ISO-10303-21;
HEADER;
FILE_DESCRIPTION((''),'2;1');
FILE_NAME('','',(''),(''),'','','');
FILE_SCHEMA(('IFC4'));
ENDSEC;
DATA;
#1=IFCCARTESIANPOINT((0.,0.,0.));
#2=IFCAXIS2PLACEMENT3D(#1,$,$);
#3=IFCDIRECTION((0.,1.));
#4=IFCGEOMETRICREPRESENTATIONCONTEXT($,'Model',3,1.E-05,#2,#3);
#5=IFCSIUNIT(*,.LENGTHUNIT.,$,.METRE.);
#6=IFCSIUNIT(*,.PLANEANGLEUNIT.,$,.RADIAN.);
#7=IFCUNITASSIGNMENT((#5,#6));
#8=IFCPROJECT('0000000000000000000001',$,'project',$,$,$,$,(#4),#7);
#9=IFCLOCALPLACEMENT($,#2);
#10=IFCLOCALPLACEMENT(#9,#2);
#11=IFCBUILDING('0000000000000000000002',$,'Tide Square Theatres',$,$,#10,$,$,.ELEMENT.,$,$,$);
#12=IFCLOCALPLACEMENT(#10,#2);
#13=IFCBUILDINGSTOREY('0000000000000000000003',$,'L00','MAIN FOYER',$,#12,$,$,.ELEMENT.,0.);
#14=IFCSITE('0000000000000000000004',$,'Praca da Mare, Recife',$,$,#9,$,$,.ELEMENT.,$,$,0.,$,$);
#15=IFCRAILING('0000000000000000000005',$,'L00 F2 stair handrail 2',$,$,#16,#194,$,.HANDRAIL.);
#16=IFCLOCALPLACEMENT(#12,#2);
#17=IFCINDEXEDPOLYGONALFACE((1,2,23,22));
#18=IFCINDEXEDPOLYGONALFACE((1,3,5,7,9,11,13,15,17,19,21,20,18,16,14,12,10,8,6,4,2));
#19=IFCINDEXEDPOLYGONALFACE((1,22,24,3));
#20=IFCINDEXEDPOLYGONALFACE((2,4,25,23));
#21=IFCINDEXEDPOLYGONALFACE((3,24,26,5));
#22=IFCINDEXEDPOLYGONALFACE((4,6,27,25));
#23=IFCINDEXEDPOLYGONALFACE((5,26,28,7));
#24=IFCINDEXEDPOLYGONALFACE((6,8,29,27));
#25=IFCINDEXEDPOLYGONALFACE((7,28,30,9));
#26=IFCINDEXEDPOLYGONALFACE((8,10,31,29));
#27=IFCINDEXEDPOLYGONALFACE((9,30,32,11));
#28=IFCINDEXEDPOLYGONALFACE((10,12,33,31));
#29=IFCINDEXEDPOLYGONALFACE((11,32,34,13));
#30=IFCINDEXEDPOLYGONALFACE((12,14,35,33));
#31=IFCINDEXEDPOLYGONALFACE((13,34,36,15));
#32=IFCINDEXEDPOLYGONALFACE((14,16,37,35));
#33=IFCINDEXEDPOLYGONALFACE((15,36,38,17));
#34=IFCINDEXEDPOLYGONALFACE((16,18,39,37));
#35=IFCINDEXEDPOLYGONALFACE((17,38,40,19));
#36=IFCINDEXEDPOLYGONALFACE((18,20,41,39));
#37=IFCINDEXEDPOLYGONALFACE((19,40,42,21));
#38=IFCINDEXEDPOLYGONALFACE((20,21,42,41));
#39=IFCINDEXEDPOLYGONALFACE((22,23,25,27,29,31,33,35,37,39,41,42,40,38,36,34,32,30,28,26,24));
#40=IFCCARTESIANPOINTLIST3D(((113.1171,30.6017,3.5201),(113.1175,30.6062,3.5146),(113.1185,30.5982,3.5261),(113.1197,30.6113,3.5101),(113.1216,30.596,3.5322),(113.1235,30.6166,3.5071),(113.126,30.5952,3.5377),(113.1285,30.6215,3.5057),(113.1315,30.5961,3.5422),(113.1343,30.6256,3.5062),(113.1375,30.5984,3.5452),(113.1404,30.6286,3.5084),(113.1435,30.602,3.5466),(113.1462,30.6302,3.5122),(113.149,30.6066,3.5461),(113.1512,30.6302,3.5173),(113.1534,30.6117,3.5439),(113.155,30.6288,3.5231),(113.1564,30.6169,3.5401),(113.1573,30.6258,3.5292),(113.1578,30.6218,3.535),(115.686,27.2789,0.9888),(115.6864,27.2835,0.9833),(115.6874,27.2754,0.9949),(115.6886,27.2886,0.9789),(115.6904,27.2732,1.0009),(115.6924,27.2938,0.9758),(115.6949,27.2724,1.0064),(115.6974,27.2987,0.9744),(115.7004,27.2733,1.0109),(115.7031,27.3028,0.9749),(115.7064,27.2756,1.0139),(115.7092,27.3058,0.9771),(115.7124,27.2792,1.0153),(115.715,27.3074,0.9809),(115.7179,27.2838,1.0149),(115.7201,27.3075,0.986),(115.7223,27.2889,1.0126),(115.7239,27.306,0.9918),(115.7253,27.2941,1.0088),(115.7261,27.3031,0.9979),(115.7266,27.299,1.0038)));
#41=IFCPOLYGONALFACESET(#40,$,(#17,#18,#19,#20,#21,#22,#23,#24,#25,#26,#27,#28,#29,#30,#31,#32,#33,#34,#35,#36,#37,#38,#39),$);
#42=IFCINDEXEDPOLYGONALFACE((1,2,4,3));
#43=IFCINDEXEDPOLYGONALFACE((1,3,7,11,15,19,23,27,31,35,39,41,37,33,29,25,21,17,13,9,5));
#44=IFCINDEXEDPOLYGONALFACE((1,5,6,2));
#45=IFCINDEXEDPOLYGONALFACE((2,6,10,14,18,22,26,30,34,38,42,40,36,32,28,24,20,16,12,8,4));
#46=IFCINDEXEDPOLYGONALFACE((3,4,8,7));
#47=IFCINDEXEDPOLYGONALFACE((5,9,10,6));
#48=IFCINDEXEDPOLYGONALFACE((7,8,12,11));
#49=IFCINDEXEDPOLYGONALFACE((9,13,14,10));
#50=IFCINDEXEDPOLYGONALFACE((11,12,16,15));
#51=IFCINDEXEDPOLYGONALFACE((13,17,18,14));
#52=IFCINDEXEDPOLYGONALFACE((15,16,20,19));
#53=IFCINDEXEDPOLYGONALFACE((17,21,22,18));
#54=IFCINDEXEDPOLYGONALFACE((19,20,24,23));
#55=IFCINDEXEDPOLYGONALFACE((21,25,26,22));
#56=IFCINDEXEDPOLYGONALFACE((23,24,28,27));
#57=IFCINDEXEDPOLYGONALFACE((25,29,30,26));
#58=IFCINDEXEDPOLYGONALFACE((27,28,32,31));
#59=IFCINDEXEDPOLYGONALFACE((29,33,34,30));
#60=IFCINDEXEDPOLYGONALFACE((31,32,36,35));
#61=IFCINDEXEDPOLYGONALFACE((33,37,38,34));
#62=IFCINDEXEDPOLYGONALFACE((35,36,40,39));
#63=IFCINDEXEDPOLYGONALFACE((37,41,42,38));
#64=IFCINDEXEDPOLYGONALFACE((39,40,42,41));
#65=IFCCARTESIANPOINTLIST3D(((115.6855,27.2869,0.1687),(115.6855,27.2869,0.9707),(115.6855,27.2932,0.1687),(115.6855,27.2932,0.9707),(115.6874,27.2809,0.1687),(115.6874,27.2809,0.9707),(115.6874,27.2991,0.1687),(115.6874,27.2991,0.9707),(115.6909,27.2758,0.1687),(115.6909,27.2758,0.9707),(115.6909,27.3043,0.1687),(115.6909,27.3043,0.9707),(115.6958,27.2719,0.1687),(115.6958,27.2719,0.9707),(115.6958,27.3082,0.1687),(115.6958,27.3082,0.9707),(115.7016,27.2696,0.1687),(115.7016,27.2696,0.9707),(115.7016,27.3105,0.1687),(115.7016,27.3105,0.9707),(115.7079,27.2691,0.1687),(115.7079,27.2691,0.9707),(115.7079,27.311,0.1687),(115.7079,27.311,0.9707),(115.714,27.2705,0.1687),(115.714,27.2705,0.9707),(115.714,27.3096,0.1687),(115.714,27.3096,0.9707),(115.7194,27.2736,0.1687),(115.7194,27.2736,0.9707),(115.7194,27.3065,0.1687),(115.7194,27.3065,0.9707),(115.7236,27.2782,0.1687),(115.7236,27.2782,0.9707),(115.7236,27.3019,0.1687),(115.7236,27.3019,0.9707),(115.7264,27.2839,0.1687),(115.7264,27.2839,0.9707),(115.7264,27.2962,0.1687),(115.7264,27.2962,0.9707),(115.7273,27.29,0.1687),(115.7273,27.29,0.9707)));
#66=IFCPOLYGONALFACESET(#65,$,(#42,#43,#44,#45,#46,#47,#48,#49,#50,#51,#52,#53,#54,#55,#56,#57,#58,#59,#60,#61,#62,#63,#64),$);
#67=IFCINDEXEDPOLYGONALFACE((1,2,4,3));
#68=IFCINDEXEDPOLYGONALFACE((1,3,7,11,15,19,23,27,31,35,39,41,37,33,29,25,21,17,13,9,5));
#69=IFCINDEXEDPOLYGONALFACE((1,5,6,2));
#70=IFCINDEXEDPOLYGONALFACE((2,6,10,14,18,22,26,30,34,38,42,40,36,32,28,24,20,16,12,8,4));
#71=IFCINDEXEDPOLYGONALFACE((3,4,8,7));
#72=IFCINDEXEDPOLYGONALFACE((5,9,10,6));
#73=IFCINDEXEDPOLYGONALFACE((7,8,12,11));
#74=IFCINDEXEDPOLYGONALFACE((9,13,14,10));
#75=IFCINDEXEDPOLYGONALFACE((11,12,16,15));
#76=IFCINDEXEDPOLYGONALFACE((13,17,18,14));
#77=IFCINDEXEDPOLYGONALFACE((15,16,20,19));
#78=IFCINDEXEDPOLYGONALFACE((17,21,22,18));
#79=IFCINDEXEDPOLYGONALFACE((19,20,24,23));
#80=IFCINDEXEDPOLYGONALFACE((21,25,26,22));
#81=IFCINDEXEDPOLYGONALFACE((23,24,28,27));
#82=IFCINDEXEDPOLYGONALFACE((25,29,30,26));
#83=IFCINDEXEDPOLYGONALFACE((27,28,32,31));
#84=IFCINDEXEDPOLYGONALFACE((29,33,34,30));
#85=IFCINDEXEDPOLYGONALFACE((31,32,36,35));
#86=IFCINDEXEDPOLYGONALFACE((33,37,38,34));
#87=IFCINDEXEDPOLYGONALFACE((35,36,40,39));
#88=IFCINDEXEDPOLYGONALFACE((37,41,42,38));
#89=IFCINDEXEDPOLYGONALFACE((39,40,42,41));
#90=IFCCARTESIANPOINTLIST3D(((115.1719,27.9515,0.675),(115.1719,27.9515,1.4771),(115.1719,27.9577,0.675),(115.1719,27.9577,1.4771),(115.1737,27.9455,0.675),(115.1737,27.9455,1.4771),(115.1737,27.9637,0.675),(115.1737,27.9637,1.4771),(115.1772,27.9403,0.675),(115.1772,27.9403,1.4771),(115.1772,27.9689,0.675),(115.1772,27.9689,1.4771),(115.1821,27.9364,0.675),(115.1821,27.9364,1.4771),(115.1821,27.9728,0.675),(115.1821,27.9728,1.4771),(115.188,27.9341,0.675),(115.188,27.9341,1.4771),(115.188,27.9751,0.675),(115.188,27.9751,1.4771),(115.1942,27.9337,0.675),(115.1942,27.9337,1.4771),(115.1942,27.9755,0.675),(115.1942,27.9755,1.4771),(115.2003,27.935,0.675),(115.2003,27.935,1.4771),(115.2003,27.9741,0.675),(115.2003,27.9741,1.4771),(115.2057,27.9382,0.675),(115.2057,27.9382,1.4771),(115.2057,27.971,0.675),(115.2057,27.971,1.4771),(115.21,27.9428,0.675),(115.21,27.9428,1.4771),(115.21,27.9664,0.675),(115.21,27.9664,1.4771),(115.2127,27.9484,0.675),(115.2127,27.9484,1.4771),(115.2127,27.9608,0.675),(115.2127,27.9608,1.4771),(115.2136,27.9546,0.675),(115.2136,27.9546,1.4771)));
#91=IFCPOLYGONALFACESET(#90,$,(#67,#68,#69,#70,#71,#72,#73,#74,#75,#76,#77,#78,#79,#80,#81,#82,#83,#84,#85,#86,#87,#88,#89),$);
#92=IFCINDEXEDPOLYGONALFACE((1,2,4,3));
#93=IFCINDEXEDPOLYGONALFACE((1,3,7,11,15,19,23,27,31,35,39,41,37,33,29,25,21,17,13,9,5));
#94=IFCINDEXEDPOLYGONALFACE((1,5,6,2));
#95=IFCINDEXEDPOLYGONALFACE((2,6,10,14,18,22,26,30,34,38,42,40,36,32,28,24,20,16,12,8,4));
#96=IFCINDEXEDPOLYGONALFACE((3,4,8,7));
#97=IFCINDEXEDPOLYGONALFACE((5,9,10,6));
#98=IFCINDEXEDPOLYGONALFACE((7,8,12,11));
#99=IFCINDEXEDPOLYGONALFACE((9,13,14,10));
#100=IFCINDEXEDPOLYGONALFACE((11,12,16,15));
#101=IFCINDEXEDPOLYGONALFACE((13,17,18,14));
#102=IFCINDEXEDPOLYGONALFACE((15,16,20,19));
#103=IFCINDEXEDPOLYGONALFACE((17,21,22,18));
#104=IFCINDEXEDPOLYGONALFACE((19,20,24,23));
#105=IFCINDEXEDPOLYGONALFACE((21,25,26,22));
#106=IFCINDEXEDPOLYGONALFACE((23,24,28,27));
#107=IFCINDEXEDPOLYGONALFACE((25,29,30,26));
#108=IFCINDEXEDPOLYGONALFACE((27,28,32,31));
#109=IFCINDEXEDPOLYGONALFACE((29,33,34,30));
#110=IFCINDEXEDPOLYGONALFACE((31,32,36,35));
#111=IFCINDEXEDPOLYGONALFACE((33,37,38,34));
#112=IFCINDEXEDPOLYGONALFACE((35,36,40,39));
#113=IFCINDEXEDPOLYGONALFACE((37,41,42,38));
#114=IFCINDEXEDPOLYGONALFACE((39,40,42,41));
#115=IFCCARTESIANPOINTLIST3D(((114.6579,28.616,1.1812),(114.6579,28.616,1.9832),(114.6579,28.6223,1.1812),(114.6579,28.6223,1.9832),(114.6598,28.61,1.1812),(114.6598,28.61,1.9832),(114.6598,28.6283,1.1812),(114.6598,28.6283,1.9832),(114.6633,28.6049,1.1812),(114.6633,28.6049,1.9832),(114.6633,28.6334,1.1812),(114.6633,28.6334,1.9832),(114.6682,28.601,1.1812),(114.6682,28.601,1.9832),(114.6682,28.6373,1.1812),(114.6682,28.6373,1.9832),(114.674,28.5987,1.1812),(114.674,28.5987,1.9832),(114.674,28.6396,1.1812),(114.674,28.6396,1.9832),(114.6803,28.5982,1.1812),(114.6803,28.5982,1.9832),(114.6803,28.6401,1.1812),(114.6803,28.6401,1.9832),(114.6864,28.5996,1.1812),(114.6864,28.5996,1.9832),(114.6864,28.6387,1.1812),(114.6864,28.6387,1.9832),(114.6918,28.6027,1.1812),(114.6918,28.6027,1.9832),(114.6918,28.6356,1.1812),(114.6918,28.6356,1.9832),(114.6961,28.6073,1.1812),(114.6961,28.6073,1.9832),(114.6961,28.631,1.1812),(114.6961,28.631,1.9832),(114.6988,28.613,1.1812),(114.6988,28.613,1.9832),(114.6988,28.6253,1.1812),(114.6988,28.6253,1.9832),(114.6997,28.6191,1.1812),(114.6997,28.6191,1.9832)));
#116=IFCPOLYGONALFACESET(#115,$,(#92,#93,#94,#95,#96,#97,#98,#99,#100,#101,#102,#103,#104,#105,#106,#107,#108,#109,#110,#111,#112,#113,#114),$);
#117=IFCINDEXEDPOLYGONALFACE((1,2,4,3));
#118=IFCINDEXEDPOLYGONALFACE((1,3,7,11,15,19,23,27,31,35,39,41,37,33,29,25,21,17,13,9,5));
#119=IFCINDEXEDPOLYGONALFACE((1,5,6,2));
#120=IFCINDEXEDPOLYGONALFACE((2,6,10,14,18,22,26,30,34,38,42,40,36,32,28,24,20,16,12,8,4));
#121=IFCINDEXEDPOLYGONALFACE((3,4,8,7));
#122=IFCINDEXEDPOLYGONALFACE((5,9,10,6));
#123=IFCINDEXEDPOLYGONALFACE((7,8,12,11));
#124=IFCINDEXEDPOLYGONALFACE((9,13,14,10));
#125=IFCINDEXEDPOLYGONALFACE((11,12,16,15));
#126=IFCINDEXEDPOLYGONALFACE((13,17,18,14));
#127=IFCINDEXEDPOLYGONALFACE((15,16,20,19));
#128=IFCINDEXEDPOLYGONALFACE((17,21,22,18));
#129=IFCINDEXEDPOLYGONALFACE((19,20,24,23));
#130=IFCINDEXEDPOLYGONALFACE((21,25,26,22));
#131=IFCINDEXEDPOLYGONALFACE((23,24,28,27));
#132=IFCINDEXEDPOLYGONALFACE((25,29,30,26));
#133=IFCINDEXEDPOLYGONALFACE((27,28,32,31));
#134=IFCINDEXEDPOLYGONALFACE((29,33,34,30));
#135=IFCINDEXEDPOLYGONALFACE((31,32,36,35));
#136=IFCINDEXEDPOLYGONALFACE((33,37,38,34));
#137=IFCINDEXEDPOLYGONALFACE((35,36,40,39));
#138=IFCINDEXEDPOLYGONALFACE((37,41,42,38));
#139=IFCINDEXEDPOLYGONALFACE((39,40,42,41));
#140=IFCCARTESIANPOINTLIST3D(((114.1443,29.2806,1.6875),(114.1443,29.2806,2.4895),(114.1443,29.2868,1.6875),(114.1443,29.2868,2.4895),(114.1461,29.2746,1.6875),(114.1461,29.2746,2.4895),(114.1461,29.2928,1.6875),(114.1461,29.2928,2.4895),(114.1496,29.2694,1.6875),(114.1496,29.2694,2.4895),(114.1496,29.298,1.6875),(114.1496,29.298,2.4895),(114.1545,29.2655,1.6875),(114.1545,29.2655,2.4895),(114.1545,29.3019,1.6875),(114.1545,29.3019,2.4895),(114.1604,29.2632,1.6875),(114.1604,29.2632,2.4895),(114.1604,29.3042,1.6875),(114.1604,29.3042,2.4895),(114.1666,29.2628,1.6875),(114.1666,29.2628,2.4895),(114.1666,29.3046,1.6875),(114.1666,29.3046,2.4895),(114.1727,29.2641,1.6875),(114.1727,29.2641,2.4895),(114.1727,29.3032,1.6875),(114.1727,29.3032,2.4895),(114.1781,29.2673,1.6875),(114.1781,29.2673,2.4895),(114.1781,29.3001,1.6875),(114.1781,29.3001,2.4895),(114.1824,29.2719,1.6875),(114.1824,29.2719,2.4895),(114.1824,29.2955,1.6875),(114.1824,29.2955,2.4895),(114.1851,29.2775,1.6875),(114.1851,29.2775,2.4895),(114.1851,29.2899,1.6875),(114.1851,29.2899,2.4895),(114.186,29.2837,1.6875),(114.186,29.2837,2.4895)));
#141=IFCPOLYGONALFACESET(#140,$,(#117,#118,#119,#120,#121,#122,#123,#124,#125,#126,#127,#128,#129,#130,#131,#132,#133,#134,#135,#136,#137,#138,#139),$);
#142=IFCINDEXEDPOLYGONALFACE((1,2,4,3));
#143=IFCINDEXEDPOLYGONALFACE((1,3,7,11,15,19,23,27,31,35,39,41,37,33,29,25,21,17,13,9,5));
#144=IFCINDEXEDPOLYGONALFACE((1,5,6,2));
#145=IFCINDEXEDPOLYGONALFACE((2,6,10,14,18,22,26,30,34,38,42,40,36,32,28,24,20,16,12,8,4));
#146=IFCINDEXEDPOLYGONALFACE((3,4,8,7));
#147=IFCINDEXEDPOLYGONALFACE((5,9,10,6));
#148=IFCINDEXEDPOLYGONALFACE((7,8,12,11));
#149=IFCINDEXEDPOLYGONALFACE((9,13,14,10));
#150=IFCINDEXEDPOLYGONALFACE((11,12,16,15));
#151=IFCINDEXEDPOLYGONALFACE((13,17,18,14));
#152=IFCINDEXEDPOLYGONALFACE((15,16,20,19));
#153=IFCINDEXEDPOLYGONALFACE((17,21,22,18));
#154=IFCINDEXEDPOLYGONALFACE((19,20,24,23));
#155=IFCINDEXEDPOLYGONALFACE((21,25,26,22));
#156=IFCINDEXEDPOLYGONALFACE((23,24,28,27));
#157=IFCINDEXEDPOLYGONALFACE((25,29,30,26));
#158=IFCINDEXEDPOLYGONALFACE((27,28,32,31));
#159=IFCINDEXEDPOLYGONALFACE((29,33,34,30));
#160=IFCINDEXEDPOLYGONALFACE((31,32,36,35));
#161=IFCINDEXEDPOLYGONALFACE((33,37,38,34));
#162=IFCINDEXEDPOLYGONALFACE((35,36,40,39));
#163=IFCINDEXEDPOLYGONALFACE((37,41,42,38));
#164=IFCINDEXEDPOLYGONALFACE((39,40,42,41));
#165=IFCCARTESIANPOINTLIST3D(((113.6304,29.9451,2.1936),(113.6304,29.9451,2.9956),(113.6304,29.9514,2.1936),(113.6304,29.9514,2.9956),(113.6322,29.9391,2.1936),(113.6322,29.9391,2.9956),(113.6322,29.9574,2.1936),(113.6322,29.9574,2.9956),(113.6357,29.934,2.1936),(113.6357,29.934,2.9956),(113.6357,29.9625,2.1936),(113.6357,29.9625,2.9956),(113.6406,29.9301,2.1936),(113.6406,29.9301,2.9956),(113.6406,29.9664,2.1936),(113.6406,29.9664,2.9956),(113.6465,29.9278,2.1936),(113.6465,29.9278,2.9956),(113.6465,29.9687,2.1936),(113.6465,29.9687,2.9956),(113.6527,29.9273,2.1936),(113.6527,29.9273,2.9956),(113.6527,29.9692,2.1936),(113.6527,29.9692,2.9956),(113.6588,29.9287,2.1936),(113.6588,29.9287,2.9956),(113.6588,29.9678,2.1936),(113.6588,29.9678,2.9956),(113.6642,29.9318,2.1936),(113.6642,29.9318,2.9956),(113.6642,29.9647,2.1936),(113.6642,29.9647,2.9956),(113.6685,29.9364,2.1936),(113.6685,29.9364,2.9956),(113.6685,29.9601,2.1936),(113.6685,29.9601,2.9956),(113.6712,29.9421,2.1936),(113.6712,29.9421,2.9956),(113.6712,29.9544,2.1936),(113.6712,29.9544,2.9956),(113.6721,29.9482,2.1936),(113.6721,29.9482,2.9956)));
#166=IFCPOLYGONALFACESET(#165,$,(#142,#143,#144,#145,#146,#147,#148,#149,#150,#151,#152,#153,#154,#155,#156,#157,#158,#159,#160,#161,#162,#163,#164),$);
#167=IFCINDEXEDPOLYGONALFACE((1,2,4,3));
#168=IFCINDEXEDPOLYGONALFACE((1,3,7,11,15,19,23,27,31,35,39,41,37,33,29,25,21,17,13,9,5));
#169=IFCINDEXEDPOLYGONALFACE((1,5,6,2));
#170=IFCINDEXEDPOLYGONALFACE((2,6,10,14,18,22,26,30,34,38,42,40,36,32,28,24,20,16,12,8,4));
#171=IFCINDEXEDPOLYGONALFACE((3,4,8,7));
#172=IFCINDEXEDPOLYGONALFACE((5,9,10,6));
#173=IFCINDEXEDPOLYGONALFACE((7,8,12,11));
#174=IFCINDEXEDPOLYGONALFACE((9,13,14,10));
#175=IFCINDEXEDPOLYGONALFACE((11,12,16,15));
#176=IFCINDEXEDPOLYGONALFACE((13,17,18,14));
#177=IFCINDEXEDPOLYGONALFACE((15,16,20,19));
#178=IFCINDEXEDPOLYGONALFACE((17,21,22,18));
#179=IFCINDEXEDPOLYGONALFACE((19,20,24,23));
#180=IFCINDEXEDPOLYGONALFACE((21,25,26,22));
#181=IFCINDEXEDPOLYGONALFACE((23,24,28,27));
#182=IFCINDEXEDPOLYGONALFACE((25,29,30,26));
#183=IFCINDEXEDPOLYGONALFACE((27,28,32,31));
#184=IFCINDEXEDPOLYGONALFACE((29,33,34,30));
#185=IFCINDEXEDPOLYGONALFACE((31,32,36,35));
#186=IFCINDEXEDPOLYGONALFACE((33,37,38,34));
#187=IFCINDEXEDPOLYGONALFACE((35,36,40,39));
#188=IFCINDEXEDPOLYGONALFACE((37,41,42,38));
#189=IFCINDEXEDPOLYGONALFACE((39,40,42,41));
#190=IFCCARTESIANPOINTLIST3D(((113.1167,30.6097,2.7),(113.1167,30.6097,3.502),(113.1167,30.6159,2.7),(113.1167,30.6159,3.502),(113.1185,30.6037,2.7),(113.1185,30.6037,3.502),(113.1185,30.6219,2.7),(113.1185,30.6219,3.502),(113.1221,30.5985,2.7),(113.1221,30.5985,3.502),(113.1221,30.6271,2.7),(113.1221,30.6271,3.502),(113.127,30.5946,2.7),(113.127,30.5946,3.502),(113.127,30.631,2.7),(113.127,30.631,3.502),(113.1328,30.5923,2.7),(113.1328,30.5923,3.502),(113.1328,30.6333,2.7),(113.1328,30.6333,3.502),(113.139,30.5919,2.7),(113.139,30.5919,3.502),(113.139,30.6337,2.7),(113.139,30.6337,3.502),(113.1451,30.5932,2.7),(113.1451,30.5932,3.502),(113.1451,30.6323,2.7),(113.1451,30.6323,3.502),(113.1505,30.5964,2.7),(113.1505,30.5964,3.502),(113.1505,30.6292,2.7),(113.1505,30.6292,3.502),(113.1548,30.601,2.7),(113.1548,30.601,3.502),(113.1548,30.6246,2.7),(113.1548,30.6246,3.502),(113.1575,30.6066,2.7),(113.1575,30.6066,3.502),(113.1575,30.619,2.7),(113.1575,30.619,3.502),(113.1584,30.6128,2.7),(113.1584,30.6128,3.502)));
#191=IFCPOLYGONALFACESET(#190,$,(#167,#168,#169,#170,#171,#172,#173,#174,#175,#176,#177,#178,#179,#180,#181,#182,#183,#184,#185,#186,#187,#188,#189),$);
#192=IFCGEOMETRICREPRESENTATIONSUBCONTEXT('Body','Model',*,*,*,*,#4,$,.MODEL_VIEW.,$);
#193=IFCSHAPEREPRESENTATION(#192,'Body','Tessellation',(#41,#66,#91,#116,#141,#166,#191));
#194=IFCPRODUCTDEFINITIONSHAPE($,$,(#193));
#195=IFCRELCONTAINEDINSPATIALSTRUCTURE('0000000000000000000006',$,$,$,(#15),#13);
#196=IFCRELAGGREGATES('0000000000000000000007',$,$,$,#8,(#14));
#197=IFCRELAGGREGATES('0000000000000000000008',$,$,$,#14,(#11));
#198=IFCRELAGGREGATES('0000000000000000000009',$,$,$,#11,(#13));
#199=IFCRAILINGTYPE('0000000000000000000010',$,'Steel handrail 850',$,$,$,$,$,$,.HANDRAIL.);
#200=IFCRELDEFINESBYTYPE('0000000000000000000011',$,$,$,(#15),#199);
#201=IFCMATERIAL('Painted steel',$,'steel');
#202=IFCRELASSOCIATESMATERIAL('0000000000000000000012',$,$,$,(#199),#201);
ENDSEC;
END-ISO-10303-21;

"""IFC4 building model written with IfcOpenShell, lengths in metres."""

from ifc_helpers import new_model, si_unit, direction, frame, origin, origin_2d, place, context, subcontext, project, spatial, circle, extrude, material, type_object, element, save


model = new_model("IFC4")

# Units and contexts
model_context = context("Model", 3, precision=1e-05, world=origin(), true_north=direction((0.0, 1.0)))
body_context = subcontext(model_context, "Body", "Model", "MODEL_VIEW")
ifc_project = project(units=[si_unit("LENGTHUNIT", "METRE"), si_unit("PLANEANGLEUNIT", "RADIAN")], contexts=[model_context])

# Site, building, storey
site_placement = place(None, origin())
site = spatial("IfcSite", under=ifc_project, at=site_placement, Name="Praca da Mare, Recife", CompositionType="ELEMENT", RefElevation=0.0)
building_placement = place(site_placement, origin())
building = spatial("IfcBuilding", under=site, at=building_placement, Name="Tide Square Theatres", CompositionType="ELEMENT")
storey_placement = place(building_placement, origin())
storey = spatial("IfcBuildingStorey", under=building, at=storey_placement, Name="L00", Description="MAIN FOYER", CompositionType="ELEMENT", Elevation=0.0)

# Railing
ifc_material_1 = material(Name="Painted steel", Category="steel")
railing_type_1 = type_object("IfcRailingType", Name="Steel handrail 850", PredefinedType="HANDRAIL", material=ifc_material_1)
railing_1_placement = place(storey_placement, frame((115.7063, 27.29, 0.1687)))
element("IfcRailing", 1, at=railing_1_placement, inside=storey, type_object=railing_type_1, Name="L00 F2 stair handrail 2", PredefinedType="HANDRAIL", context=body_context, shape_type="SweptSolid", body=[
    extrude(circle(Radius=0.0239, at=origin_2d()), frame((0.0, 0.0, 0.8262), z_axis=(-0.523852, 0.677593, 0.516185), x_axis=(-0.791139, -0.611636, 0.0)), (0.0, 0.0, 1.0), 4.9038),
    extrude(circle(Radius=0.021, at=origin_2d()), origin(), (0.0, 0.0, 1.0), 0.802),
    extrude(circle(Radius=0.021, at=origin_2d()), frame((-0.5137, 0.6646, 0.5063)), (0.0, 0.0, 1.0), 0.802),
    extrude(circle(Radius=0.021, at=origin_2d()), frame((-1.0276, 1.3291, 1.0125)), (0.0, 0.0, 1.0), 0.802),
    extrude(circle(Radius=0.021, at=origin_2d()), frame((-1.5413, 1.9937, 1.5188)), (0.0, 0.0, 1.0), 0.802),
    extrude(circle(Radius=0.021, at=origin_2d()), frame((-2.0552, 2.6582, 2.0249)), (0.0, 0.0, 1.0), 0.802),
    extrude(circle(Radius=0.021, at=origin_2d()), frame((-2.5688, 3.3228, 2.5312)), (0.0, 0.0, 1.0), 0.802),
])

save(model, "model.ifc")
